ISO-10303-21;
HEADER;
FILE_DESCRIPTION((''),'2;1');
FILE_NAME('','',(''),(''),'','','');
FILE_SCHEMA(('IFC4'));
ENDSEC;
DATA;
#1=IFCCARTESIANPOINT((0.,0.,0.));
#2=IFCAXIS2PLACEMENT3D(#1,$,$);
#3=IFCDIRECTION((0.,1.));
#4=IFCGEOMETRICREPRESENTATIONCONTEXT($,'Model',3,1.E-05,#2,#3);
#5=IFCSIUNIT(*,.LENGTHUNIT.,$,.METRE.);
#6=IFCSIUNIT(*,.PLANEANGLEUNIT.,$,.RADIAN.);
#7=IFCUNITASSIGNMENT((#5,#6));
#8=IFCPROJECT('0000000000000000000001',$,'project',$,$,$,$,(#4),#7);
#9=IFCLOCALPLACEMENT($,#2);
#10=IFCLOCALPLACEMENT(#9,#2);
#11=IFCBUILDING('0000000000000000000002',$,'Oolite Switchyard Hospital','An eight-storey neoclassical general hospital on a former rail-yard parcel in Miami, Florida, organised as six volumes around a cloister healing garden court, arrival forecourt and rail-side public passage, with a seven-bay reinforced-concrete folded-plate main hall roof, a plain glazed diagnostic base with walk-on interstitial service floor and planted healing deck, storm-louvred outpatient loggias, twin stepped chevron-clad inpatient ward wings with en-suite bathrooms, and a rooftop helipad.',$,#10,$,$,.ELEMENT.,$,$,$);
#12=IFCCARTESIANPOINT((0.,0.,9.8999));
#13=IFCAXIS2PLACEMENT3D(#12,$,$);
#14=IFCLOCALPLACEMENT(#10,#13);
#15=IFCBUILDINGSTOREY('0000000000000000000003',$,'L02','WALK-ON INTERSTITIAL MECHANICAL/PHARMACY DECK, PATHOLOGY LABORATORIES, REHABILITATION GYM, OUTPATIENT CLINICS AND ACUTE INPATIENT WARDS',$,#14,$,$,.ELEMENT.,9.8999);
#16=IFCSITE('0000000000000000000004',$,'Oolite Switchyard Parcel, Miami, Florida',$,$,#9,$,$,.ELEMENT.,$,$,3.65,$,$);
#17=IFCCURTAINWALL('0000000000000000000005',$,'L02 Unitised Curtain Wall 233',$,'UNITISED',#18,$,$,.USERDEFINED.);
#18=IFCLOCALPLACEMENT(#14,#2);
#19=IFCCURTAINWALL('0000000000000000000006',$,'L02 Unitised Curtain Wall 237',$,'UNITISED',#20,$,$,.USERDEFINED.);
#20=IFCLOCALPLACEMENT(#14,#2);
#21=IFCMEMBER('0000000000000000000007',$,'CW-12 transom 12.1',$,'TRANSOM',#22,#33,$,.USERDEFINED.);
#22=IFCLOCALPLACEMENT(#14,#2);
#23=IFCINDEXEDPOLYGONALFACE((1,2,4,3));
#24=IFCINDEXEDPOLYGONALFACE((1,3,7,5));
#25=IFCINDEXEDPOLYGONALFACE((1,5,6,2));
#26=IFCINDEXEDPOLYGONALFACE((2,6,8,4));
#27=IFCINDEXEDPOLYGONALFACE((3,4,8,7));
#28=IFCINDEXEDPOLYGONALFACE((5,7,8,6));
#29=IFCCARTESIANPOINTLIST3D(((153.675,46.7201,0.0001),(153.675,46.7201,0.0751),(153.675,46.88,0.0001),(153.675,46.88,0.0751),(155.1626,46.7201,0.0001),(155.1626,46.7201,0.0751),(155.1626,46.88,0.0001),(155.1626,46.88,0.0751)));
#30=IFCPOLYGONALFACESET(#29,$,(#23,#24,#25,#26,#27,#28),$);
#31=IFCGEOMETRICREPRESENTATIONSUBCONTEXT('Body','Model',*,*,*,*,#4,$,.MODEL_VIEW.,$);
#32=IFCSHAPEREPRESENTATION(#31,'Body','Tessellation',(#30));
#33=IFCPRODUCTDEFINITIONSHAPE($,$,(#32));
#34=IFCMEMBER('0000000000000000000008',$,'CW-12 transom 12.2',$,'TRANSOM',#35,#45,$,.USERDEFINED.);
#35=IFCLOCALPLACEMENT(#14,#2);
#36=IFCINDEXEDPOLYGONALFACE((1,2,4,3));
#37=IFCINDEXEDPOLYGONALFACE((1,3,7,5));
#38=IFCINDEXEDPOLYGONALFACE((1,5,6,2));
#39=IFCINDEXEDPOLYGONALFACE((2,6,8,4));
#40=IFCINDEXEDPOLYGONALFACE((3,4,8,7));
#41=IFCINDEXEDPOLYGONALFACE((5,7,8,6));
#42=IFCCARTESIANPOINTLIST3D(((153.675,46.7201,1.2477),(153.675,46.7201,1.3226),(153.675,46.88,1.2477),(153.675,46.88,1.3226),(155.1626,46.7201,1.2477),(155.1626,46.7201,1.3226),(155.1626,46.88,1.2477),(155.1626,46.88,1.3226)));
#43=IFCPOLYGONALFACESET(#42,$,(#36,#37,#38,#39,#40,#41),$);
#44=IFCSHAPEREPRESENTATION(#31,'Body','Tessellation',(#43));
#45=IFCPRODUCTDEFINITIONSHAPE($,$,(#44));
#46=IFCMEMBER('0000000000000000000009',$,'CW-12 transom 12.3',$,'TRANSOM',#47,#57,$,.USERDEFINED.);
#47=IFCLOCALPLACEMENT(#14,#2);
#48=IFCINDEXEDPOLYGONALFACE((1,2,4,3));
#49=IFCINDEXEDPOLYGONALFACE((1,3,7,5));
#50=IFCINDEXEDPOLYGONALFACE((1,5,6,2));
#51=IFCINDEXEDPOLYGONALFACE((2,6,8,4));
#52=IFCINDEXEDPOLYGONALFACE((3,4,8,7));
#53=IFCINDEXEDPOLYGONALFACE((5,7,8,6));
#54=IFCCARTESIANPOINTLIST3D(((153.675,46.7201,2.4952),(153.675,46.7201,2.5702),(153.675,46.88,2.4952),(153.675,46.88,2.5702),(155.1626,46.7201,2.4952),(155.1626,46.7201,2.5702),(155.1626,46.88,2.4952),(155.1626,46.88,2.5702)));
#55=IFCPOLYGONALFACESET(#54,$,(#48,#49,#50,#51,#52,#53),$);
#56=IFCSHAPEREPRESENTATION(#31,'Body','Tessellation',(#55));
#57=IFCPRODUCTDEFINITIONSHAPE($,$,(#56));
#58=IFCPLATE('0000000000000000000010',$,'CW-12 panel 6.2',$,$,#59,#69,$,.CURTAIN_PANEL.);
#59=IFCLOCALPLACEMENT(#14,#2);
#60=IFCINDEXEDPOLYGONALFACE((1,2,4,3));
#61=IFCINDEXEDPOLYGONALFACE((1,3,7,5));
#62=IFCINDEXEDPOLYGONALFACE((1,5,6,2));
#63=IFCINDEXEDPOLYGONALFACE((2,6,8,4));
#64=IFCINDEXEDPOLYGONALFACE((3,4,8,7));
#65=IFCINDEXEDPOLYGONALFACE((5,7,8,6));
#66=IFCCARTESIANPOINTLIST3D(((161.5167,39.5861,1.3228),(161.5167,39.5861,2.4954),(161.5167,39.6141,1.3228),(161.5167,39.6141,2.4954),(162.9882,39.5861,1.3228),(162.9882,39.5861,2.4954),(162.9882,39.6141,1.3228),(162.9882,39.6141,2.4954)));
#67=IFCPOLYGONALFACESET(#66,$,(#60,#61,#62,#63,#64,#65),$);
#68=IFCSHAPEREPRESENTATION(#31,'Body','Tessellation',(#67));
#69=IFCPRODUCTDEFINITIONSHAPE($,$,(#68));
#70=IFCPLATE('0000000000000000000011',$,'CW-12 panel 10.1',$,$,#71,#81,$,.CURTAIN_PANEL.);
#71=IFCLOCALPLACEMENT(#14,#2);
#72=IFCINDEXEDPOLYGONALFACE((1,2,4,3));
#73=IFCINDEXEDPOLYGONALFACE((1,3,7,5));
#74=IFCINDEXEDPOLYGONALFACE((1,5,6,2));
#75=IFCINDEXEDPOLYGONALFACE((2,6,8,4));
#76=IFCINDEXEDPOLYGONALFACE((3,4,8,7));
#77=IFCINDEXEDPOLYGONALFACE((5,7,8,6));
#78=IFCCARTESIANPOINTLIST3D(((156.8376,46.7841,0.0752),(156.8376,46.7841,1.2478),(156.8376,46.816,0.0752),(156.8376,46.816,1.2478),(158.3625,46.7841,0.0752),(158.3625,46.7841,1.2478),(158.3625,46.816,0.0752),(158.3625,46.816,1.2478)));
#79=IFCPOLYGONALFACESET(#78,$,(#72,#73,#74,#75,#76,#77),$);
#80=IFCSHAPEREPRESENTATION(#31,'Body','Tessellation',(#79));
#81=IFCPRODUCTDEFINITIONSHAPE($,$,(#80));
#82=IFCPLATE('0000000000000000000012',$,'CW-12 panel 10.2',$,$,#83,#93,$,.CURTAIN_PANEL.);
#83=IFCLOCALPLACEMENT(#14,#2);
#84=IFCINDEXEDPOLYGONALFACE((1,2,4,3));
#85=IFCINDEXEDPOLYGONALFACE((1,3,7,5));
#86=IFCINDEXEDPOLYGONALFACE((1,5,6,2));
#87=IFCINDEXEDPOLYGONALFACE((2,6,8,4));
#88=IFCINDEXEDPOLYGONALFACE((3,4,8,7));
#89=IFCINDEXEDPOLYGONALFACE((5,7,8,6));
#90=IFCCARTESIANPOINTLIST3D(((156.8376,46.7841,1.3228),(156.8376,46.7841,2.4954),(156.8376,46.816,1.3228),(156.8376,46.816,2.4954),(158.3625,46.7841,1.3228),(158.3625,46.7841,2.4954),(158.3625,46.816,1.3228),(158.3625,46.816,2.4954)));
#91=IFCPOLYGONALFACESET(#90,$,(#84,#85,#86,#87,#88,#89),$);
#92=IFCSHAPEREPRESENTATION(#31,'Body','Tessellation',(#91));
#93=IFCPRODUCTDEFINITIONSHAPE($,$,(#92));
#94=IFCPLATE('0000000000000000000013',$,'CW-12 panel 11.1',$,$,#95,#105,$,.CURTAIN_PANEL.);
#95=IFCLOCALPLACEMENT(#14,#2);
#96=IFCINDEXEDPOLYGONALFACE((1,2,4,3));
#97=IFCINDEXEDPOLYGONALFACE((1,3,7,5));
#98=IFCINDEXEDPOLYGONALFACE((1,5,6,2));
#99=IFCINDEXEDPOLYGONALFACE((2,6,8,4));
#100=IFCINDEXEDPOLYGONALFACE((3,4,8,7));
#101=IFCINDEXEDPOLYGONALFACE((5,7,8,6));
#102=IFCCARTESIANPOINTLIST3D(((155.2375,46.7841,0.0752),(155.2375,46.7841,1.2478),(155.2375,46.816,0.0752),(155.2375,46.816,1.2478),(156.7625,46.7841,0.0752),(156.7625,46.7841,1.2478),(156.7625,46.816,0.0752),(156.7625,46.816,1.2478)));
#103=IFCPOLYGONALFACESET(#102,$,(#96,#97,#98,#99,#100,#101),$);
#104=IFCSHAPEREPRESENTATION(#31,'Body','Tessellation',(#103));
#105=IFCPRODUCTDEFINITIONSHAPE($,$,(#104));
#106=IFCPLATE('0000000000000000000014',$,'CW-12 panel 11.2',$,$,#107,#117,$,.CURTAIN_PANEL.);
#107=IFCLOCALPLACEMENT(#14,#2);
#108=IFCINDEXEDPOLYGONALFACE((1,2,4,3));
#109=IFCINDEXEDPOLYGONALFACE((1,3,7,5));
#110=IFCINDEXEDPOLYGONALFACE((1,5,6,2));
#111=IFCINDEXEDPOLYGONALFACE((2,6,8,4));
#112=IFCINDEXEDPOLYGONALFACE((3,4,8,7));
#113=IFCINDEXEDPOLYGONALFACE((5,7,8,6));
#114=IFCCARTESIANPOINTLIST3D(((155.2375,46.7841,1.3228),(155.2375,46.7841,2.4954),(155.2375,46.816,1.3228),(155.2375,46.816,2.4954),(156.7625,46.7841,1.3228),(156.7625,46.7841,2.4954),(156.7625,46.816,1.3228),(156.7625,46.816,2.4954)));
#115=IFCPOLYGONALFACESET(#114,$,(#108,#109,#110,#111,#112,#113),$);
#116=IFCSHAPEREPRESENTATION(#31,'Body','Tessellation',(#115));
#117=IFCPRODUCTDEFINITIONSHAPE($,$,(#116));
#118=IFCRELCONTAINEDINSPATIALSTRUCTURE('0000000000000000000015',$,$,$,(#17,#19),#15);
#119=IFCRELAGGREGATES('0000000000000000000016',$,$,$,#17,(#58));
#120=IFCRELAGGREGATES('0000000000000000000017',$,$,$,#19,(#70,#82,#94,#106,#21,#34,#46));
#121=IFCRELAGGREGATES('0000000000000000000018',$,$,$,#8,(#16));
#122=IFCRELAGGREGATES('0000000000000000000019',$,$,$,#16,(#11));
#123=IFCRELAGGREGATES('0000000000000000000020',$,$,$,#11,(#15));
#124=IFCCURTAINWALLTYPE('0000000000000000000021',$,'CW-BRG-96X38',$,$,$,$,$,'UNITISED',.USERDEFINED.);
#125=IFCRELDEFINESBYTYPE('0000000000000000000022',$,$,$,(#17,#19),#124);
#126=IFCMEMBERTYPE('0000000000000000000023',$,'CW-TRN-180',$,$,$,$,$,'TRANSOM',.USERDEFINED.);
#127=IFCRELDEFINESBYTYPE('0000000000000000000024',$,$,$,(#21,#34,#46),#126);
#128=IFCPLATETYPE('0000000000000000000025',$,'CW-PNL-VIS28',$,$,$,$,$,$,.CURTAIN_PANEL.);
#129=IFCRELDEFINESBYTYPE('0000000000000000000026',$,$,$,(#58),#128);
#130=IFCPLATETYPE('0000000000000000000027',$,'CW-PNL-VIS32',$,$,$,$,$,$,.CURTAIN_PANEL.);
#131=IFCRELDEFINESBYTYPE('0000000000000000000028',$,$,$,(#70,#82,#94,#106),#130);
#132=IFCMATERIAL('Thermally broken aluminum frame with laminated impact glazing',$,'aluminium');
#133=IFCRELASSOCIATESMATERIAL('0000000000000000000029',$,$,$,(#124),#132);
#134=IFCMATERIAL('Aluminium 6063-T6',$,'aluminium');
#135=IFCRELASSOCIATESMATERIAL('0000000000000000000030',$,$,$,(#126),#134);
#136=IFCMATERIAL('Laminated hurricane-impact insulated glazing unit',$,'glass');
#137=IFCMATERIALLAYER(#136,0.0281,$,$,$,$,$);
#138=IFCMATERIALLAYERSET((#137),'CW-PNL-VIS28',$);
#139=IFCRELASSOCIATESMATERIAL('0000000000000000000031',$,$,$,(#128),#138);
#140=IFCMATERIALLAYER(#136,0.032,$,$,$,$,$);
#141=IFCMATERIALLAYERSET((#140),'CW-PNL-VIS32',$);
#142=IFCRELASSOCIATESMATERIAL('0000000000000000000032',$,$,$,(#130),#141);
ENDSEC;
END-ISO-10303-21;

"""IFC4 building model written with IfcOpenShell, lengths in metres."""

from ifc_helpers import new_model, si_unit, direction, frame, origin, origin_2d, place, context, subcontext, project, spatial, rectangle, extrude, material, layer, layer_set, material_profile, profile_set, type_object, element, aggregate, save


model = new_model("IFC4")

# Units and contexts
model_context = context("Model", 3, precision=1e-05, world=origin(), true_north=direction((0.0, 1.0)))
body_context = subcontext(model_context, "Body", "Model", "MODEL_VIEW")
ifc_project = project(units=[si_unit("LENGTHUNIT", "METRE"), si_unit("PLANEANGLEUNIT", "RADIAN")], contexts=[model_context])

# Site, building, storey
site_placement = place(None, origin())
site = spatial("IfcSite", under=ifc_project, at=site_placement, Name="Oolite Switchyard Parcel, Miami, Florida", CompositionType="ELEMENT", RefElevation=3.65)
building_placement = place(site_placement, origin())
building = spatial("IfcBuilding", under=site, at=building_placement, Name="Oolite Switchyard Hospital", Description="An eight-storey neoclassical general hospital on a former rail-yard parcel in Miami, Florida, organised as six volumes around a cloister healing garden court, arrival forecourt and rail-side public passage, with a seven-bay reinforced-concrete folded-plate main hall roof, a plain glazed diagnostic base with walk-on interstitial service floor and planted healing deck, storm-louvred outpatient loggias, twin stepped chevron-clad inpatient ward wings with en-suite bathrooms, and a rooftop helipad.", CompositionType="ELEMENT")
storey_placement = place(building_placement, frame((0.0, 0.0, 9.8999)))
storey = spatial("IfcBuildingStorey", under=building, at=storey_placement, Name="L02", Description="WALK-ON INTERSTITIAL MECHANICAL/PHARMACY DECK, PATHOLOGY LABORATORIES, REHABILITATION GYM, OUTPATIENT CLINICS AND ACUTE INPATIENT WARDS", CompositionType="ELEMENT", Elevation=9.8999)

# Curtain wall
ifc_material_1 = material(Name="Thermally broken aluminum frame with laminated impact glazing", Category="aluminium")
curtain_wall_type = type_object("IfcCurtainWallType", Name="CW-BRG-96X38", ElementType="UNITISED", PredefinedType="USERDEFINED", material=ifc_material_1)
curtain_wall_1_placement = place(storey_placement, origin())
curtain_wall_1 = element("IfcCurtainWall", 1, at=curtain_wall_1_placement, inside=storey, type_object=curtain_wall_type, Name="L02 Unitised Curtain Wall 233", ObjectType="UNITISED", PredefinedType="USERDEFINED")
ifc_material_2 = material(Name="Aluminium 6063-T6", Category="aluminium")

# Curtain wall
curtain_wall_2_placement = place(storey_placement, origin())
curtain_wall_2 = element("IfcCurtainWall", 2, at=curtain_wall_2_placement, inside=storey, type_object=curtain_wall_type, Name="L02 Unitised Curtain Wall 237", ObjectType="UNITISED", PredefinedType="USERDEFINED")

# Members
ifc_material_profile_1 = material_profile(ifc_material_2, rectangle(XDim=0.1599, YDim=0.075, at=origin_2d()), Name="CWT75X160")
ifc_profile_set_1 = profile_set([ifc_material_profile_1], Name="Aluminium 6063-T6")
member_type_1 = type_object("IfcMemberType", Name="CW-TRN-180", ElementType="TRANSOM", PredefinedType="USERDEFINED", material=ifc_profile_set_1)
member_1_placement = place(storey_placement, frame((155.1626, 46.8, 0.0376), z_axis=(-1.0, 0.0, 0.0), x_axis=(0.0, -1.0, 0.0)))
member_1 = element("IfcMember", 3, at=member_1_placement, type_object=member_type_1, Name="CW-12 transom 12.1", ObjectType="TRANSOM", PredefinedType="USERDEFINED", context=body_context, shape_type="SweptSolid", body=[
    extrude(rectangle(XDim=0.1599, YDim=0.075, at=origin_2d()), origin(), (0.0, 0.0, 1.0), 1.4875),
])
member_2_placement = place(storey_placement, frame((155.1626, 46.8, 1.2852), z_axis=(-1.0, 0.0, 0.0), x_axis=(0.0, -1.0, 0.0)))
member_2 = element("IfcMember", 4, at=member_2_placement, type_object=member_type_1, Name="CW-12 transom 12.2", ObjectType="TRANSOM", PredefinedType="USERDEFINED", context=body_context, shape_type="SweptSolid", body=[
    extrude(rectangle(XDim=0.1599, YDim=0.075, at=origin_2d()), origin(), (0.0, 0.0, 1.0), 1.4875),
])
member_3_placement = place(storey_placement, frame((155.1626, 46.8, 2.5327), z_axis=(-1.0, 0.0, 0.0), x_axis=(0.0, -1.0, 0.0)))
member_3 = element("IfcMember", 5, at=member_3_placement, type_object=member_type_1, Name="CW-12 transom 12.3", ObjectType="TRANSOM", PredefinedType="USERDEFINED", context=body_context, shape_type="SweptSolid", body=[
    extrude(rectangle(XDim=0.1599, YDim=0.075, at=origin_2d()), origin(), (0.0, 0.0, 1.0), 1.4875),
])

# Plates
ifc_material_3 = material(Name="Laminated hurricane-impact insulated glazing unit", Category="glass")
ifc_layer_1 = layer(ifc_material_3, 0.0281)
ifc_layer_set_1 = layer_set([ifc_layer_1], Name="CW-PNL-VIS28")
plate_type_1 = type_object("IfcPlateType", Name="CW-PNL-VIS28", PredefinedType="CURTAIN_PANEL", material=ifc_layer_set_1)
plate_1_placement = place(storey_placement, frame((162.2524, 39.6001, 1.3228), z_axis=(0.0, 0.0, 1.0), x_axis=(1.0, 0.0, 0.0)))
plate_1 = element("IfcPlate", 6, at=plate_1_placement, type_object=plate_type_1, Name="CW-12 panel 6.2", PredefinedType="CURTAIN_PANEL", context=body_context, shape_type="SweptSolid", body=[
    extrude(rectangle(XDim=1.4714, YDim=0.0281, at=origin_2d()), origin(), (0.0, 0.0, 1.0), 1.1726),
])
aggregate(curtain_wall_1, [plate_1])
ifc_layer_2 = layer(ifc_material_3, 0.032)
ifc_layer_set_2 = layer_set([ifc_layer_2], Name="CW-PNL-VIS32")
plate_type_2 = type_object("IfcPlateType", Name="CW-PNL-VIS32", PredefinedType="CURTAIN_PANEL", material=ifc_layer_set_2)
plate_2_placement = place(storey_placement, frame((157.6001, 46.8, 0.0752), z_axis=(0.0, 0.0, 1.0), x_axis=(-1.0, 0.0, 0.0)))
plate_2 = element("IfcPlate", 7, at=plate_2_placement, type_object=plate_type_2, Name="CW-12 panel 10.1", PredefinedType="CURTAIN_PANEL", context=body_context, shape_type="SweptSolid", body=[
    extrude(rectangle(XDim=1.5249, YDim=0.032, at=origin_2d()), origin(), (0.0, 0.0, 1.0), 1.1726),
])
plate_3_placement = place(storey_placement, frame((157.6001, 46.8, 1.3228), z_axis=(0.0, 0.0, 1.0), x_axis=(-1.0, 0.0, 0.0)))
plate_3 = element("IfcPlate", 8, at=plate_3_placement, type_object=plate_type_2, Name="CW-12 panel 10.2", PredefinedType="CURTAIN_PANEL", context=body_context, shape_type="SweptSolid", body=[
    extrude(rectangle(XDim=1.5249, YDim=0.032, at=origin_2d()), origin(), (0.0, 0.0, 1.0), 1.1726),
])
plate_4_placement = place(storey_placement, frame((156.0, 46.8, 0.0752), z_axis=(0.0, 0.0, 1.0), x_axis=(-1.0, 0.0, 0.0)))
plate_4 = element("IfcPlate", 9, at=plate_4_placement, type_object=plate_type_2, Name="CW-12 panel 11.1", PredefinedType="CURTAIN_PANEL", context=body_context, shape_type="SweptSolid", body=[
    extrude(rectangle(XDim=1.5249, YDim=0.032, at=origin_2d()), origin(), (0.0, 0.0, 1.0), 1.1726),
])
plate_5_placement = place(storey_placement, frame((156.0, 46.8, 1.3228), z_axis=(0.0, 0.0, 1.0), x_axis=(-1.0, 0.0, 0.0)))
plate_5 = element("IfcPlate", 10, at=plate_5_placement, type_object=plate_type_2, Name="CW-12 panel 11.2", PredefinedType="CURTAIN_PANEL", context=body_context, shape_type="SweptSolid", body=[
    extrude(rectangle(XDim=1.5249, YDim=0.032, at=origin_2d()), origin(), (0.0, 0.0, 1.0), 1.1726),
])
aggregate(curtain_wall_2, [plate_2, plate_3, plate_4, plate_5, member_1, member_2, member_3])

save(model, "model.ifc")
